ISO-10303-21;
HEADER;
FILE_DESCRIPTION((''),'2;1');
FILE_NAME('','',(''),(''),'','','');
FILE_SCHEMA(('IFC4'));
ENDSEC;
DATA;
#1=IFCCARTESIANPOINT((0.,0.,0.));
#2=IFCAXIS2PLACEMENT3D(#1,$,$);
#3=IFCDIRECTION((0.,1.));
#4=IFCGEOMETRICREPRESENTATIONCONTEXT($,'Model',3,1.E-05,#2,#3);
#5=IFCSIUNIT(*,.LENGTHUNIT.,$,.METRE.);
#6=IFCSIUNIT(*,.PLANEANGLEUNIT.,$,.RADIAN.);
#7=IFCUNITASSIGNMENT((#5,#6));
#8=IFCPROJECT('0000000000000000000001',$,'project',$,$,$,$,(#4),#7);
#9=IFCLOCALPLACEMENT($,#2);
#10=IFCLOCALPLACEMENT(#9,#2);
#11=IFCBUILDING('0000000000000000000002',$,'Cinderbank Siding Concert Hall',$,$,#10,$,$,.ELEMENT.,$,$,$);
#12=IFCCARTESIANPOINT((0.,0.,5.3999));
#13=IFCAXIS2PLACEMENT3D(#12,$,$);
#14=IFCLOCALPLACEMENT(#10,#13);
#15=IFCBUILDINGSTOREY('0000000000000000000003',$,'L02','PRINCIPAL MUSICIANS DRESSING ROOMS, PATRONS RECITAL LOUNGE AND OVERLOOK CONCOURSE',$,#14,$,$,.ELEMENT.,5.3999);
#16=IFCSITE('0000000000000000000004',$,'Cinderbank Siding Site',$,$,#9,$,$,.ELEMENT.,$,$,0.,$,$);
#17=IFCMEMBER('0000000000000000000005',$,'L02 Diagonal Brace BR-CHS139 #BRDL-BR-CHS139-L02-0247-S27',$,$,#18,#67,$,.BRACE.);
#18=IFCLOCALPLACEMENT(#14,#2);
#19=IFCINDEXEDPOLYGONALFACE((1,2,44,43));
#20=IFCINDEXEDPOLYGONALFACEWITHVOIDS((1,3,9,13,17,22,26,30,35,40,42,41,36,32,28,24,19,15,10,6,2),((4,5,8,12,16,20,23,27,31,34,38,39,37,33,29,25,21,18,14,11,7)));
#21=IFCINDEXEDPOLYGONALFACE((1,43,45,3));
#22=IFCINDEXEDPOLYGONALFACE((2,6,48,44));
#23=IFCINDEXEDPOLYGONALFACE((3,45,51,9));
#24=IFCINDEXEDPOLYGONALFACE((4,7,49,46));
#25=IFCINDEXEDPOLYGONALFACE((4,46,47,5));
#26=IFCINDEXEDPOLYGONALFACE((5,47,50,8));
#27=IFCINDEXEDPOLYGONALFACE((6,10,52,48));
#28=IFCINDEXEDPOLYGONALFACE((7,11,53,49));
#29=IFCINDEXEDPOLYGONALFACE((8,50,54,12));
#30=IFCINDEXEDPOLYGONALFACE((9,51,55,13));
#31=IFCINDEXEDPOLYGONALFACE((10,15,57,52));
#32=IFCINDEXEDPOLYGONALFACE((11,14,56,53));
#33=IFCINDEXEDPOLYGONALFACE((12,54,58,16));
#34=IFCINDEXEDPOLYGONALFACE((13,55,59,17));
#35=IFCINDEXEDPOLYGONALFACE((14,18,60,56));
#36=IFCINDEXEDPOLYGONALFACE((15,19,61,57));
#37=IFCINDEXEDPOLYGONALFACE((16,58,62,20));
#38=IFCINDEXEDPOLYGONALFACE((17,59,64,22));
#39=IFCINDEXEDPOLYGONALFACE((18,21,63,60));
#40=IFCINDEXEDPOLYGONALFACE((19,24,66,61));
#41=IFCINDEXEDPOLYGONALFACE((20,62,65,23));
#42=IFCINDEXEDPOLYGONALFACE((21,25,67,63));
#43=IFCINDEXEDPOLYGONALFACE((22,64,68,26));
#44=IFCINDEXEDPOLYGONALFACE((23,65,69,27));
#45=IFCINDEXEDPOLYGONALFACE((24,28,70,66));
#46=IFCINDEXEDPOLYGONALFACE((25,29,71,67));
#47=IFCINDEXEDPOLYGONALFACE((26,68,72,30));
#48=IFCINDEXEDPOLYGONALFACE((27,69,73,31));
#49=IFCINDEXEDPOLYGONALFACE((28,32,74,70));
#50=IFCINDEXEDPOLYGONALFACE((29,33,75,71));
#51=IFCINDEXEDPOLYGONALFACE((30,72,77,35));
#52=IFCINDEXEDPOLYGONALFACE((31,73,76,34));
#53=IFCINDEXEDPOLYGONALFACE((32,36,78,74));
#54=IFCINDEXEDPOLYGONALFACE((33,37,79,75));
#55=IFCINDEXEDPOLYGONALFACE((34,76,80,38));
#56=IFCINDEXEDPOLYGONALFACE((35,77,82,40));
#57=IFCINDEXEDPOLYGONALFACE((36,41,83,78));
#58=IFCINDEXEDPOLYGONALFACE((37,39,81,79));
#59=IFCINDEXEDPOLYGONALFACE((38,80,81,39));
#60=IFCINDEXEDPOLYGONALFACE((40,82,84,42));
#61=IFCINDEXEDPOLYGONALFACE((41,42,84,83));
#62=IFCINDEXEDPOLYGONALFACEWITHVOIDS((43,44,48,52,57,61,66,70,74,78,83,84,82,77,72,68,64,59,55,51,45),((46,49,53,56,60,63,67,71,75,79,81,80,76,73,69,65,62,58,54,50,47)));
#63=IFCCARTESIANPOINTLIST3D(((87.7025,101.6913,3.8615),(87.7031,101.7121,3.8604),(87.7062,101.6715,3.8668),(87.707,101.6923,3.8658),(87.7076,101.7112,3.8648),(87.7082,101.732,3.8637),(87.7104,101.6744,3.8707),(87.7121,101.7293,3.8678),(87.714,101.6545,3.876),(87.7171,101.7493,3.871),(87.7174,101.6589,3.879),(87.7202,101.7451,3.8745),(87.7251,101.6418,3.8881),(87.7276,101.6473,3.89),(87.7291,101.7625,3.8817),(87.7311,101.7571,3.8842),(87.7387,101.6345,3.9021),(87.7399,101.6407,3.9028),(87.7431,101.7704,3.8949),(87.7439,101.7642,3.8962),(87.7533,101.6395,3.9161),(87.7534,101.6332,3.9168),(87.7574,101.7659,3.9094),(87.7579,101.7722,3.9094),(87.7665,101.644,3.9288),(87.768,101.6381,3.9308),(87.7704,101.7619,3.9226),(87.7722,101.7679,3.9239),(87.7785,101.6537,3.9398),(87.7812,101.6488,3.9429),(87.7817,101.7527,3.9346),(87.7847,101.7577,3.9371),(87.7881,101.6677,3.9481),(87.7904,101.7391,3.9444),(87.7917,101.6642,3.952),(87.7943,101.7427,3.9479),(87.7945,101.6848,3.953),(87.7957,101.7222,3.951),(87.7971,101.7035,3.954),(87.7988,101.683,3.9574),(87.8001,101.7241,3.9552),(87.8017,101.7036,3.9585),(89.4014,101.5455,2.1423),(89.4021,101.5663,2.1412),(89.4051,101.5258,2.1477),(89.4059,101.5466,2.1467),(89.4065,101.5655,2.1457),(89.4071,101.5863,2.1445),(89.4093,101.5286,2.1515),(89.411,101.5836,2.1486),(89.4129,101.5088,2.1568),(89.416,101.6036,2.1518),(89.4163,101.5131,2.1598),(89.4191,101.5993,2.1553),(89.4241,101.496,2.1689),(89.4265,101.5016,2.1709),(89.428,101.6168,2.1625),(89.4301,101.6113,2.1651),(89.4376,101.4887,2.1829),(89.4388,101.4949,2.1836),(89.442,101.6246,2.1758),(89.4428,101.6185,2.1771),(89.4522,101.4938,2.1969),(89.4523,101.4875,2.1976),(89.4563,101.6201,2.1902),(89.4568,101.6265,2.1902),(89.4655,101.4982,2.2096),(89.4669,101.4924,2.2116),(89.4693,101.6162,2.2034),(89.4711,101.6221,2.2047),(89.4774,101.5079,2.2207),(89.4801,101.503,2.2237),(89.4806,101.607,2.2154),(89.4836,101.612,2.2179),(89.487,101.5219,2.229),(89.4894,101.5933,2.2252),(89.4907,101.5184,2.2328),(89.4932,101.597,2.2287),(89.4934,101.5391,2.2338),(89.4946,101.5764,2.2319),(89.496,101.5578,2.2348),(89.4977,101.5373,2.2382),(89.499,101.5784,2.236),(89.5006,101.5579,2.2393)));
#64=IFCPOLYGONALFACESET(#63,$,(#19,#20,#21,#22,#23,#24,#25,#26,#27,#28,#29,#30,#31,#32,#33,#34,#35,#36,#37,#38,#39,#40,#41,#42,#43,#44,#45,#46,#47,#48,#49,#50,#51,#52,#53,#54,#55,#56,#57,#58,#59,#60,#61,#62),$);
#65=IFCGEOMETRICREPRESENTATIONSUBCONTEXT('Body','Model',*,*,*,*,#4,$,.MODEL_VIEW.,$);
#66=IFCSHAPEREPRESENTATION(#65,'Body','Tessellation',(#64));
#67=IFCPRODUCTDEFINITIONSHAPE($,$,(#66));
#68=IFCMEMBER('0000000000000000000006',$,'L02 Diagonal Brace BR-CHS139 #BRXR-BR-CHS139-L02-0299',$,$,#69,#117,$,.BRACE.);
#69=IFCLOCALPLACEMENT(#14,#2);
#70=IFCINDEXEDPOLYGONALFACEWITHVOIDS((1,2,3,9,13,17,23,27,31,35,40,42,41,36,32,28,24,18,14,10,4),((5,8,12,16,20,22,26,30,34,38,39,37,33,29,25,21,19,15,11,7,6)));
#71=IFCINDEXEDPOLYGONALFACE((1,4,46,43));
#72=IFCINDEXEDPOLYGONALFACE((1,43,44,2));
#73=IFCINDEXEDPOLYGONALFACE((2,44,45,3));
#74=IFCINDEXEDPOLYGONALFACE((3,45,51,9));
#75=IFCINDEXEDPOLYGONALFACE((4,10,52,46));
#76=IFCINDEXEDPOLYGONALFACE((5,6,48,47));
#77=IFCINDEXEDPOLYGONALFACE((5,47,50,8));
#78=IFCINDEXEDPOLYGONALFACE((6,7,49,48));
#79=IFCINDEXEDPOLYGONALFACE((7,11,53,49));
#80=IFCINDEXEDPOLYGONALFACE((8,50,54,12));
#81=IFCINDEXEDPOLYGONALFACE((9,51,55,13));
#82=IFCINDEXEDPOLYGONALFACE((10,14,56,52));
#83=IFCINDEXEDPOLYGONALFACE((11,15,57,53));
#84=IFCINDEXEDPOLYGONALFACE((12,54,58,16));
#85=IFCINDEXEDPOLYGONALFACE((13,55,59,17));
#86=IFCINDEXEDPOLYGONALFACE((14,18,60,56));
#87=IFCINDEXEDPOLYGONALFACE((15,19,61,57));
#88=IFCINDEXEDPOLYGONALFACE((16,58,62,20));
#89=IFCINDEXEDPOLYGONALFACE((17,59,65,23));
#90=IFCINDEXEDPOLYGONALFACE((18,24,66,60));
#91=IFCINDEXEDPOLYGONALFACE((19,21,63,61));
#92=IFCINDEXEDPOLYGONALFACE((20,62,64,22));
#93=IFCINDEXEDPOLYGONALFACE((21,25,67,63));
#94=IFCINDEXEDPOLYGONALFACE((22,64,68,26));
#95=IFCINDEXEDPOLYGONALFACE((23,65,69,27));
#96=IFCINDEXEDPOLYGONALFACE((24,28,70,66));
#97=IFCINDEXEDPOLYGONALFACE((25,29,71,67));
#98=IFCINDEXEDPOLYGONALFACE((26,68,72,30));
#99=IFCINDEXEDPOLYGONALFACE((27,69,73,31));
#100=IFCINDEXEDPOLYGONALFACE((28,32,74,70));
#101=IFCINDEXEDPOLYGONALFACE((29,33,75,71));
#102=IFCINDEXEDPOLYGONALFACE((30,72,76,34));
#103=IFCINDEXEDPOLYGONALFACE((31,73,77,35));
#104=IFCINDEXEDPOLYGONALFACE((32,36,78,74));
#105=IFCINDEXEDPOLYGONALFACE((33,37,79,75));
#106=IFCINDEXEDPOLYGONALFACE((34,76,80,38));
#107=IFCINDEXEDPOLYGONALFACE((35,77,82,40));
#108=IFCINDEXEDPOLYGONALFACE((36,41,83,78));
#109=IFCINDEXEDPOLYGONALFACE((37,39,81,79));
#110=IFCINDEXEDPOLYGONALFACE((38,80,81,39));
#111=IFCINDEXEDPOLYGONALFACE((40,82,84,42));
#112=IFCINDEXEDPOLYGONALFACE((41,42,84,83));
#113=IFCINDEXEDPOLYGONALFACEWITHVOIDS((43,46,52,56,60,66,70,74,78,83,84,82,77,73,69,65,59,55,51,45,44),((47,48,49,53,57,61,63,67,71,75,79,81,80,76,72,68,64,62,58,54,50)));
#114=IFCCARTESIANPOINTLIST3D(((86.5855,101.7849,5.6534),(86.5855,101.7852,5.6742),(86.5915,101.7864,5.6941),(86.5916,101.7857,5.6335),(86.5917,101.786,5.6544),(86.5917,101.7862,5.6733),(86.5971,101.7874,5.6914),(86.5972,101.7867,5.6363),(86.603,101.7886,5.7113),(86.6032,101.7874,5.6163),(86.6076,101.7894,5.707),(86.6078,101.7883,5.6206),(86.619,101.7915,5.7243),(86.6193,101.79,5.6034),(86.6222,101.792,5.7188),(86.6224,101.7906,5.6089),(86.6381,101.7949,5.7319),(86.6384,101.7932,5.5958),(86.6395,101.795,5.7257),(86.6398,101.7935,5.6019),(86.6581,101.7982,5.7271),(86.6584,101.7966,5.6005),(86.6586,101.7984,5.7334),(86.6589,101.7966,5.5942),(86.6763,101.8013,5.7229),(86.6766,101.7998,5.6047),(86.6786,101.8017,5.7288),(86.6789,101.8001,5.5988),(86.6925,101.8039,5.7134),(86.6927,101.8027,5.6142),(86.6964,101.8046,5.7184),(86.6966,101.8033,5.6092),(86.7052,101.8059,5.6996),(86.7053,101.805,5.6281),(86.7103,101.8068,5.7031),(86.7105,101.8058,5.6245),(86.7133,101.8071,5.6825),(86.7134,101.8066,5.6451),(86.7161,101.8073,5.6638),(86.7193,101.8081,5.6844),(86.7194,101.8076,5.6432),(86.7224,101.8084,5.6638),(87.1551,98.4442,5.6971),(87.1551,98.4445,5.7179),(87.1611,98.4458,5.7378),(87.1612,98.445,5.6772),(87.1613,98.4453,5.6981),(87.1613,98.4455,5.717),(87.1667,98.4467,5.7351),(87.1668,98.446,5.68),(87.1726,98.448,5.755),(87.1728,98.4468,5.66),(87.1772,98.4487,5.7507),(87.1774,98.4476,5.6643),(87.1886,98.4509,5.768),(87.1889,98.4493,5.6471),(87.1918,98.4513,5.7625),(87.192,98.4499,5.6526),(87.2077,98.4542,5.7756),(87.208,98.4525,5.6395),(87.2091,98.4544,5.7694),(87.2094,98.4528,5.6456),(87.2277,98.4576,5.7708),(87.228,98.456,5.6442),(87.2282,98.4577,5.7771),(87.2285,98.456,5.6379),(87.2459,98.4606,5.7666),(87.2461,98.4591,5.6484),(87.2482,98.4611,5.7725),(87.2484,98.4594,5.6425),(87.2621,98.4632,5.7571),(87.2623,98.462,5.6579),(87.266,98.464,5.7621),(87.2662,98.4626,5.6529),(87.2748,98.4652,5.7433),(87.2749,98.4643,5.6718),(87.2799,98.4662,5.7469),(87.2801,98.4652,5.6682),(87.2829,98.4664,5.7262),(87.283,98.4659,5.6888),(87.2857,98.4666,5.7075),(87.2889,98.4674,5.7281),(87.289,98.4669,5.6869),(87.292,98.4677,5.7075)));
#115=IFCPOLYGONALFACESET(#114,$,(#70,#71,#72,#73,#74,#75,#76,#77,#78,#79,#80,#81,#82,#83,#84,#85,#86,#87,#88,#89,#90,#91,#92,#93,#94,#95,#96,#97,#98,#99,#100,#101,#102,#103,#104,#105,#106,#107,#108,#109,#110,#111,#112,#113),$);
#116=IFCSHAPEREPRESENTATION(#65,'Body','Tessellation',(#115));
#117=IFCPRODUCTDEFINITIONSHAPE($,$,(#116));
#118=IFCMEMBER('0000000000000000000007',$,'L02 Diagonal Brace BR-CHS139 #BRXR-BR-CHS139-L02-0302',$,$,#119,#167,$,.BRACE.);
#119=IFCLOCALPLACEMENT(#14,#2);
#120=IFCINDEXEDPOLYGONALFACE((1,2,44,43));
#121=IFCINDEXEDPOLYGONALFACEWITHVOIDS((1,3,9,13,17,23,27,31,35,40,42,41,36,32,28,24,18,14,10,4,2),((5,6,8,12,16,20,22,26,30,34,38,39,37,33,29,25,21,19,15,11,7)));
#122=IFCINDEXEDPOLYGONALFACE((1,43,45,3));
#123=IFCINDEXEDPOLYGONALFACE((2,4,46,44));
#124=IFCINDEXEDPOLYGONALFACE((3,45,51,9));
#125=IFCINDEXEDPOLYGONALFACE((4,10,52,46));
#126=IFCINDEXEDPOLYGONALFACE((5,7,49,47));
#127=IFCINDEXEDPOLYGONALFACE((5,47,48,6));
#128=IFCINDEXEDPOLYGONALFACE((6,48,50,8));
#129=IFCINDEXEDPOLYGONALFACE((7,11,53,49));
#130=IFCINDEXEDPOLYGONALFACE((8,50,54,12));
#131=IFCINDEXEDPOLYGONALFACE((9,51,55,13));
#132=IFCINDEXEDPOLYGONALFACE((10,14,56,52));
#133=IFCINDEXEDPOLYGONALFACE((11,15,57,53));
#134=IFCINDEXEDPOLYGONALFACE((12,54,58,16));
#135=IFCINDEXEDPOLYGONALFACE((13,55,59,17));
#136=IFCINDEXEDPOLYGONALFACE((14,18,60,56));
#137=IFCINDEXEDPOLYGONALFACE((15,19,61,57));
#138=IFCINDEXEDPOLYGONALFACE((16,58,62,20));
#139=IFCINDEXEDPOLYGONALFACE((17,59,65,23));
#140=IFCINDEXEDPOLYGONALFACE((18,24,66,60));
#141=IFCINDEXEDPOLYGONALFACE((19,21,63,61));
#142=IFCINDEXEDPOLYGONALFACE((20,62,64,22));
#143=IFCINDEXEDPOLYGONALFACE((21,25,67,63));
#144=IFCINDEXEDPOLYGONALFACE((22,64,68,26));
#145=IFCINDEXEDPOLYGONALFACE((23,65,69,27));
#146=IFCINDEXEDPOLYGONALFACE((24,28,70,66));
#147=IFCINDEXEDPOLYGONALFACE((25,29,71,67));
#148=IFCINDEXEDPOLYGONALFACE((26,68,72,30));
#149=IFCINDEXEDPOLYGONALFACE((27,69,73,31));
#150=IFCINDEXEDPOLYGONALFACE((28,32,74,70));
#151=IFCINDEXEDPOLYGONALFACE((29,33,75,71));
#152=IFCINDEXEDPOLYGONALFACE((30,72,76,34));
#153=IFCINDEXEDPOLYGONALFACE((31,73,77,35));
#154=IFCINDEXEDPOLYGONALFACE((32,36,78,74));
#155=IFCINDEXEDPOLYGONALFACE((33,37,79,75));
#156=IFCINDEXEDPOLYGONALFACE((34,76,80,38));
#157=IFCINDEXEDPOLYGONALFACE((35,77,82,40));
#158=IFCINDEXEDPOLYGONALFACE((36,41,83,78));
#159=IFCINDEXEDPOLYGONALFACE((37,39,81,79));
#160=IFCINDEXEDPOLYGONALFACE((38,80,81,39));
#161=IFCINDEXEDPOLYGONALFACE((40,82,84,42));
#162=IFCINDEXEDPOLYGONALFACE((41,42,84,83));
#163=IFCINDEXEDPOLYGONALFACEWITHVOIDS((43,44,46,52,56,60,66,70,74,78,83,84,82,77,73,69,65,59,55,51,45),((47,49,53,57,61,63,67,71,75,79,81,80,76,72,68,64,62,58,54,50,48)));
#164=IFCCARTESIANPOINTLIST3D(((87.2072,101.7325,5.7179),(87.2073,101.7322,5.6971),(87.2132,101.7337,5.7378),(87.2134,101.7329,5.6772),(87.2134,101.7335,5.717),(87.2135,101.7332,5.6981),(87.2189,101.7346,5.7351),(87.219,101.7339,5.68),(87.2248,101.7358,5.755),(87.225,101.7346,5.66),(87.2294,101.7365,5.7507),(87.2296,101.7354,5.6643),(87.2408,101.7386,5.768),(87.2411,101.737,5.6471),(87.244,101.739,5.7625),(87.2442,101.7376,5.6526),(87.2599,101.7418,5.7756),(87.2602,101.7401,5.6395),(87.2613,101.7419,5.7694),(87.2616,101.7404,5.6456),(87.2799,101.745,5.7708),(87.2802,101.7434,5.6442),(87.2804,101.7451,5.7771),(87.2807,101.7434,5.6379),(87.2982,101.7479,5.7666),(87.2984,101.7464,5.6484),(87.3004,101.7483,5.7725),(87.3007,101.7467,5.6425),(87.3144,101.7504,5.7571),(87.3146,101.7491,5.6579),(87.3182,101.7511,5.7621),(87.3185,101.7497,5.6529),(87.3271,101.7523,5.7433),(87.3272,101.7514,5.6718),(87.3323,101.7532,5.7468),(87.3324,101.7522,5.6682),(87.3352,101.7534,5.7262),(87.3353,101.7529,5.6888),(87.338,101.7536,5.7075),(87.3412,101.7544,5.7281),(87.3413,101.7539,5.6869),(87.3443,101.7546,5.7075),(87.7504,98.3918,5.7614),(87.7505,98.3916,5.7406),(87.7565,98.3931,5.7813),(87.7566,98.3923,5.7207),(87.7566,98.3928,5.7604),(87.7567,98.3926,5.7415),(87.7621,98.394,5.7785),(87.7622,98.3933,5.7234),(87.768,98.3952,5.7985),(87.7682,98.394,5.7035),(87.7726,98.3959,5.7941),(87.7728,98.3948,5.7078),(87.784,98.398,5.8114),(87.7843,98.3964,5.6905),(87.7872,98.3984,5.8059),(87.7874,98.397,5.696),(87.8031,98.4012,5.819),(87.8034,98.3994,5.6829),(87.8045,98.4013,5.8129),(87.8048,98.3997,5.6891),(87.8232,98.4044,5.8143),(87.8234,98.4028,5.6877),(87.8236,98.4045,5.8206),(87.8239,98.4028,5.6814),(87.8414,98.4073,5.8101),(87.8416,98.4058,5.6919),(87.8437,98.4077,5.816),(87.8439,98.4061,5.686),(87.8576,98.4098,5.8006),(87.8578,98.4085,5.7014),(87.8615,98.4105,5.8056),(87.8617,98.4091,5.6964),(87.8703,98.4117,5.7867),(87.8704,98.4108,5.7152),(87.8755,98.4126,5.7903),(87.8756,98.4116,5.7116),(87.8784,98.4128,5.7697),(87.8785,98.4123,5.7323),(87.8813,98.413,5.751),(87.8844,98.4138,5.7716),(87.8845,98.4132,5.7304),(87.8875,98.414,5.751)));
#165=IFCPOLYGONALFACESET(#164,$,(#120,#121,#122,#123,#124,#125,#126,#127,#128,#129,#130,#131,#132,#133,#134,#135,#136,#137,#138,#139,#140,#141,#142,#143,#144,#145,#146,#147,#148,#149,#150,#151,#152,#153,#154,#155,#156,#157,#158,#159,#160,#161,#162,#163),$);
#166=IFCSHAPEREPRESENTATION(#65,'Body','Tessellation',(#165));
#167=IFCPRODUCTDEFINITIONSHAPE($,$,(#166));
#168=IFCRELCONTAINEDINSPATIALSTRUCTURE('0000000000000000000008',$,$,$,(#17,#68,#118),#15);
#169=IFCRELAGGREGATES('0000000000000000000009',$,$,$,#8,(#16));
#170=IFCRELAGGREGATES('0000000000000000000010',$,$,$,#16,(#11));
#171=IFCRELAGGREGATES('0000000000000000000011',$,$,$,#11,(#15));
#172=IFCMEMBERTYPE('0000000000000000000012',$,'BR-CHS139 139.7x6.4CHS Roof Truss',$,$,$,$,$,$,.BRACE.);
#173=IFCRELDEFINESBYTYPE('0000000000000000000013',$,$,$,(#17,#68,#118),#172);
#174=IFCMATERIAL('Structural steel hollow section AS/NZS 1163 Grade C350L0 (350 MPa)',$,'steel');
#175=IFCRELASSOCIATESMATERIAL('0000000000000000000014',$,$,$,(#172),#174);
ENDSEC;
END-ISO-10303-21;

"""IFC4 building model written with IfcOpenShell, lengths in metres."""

from ifc_helpers import new_model, si_unit, direction, frame, origin, origin_2d, place, context, subcontext, project, spatial, hollow_circle, extrude, material, material_profile, profile_set, type_object, element, save


model = new_model("IFC4")

# Units and contexts
model_context = context("Model", 3, precision=1e-05, world=origin(), true_north=direction((0.0, 1.0)))
body_context = subcontext(model_context, "Body", "Model", "MODEL_VIEW")
ifc_project = project(units=[si_unit("LENGTHUNIT", "METRE"), si_unit("PLANEANGLEUNIT", "RADIAN")], contexts=[model_context])

# Site, building, storey
site_placement = place(None, origin())
site = spatial("IfcSite", under=ifc_project, at=site_placement, Name="Cinderbank Siding Site", CompositionType="ELEMENT", RefElevation=0.0)
building_placement = place(site_placement, origin())
building = spatial("IfcBuilding", under=site, at=building_placement, Name="Cinderbank Siding Concert Hall", CompositionType="ELEMENT")
storey_placement = place(building_placement, frame((0.0, 0.0, 5.3999)))
storey = spatial("IfcBuildingStorey", under=building, at=storey_placement, Name="L02", Description="PRINCIPAL MUSICIANS DRESSING ROOMS, PATRONS RECITAL LOUNGE AND OVERLOOK CONCOURSE", CompositionType="ELEMENT", Elevation=5.3999)

# Members
ifc_material_1 = material(Name="Structural steel hollow section AS/NZS 1163 Grade C350L0 (350 MPa)", Category="steel")
ifc_material_profile_1 = material_profile(ifc_material_1, hollow_circle(Radius=0.0698, WallThickness=0.0063, at=origin_2d()), Name="139.7x6.4CHS", Category="LoadBearing")
ifc_profile_set_1 = profile_set([ifc_material_profile_1], Name="Structural steel hollow section AS/NZS 1163 Grade C350L0 (350 MPa)")
member_type_1 = type_object("IfcMemberType", Name="BR-CHS139 139.7x6.4CHS Roof Truss", PredefinedType="BRACE", material=ifc_profile_set_1)
member_1_placement = place(storey_placement, frame((87.752, 101.7026, 3.9094), z_axis=(0.701628, -0.060191, -0.709996), x_axis=(0.085474, 0.99634, 0.0)))
element("IfcMember", 1, at=member_1_placement, inside=storey, type_object=member_type_1, Name="L02 Diagonal Brace BR-CHS139 #BRDL-BR-CHS139-L02-0247-S27", PredefinedType="BRACE", context=body_context, shape_type="SweptSolid", body=[
    extrude(hollow_circle(Radius=0.0698, WallThickness=0.0063, at=origin_2d()), origin(), (0.0, 0.0, 1.0), 2.4214),
])
member_2_placement = place(storey_placement, frame((86.6536, 101.7966, 5.6638), z_axis=(0.168064, -0.985692, 0.012895), x_axis=(0.985774, 0.168078, 0.0)))
element("IfcMember", 2, at=member_2_placement, inside=storey, type_object=member_type_1, Name="L02 Diagonal Brace BR-CHS139 #BRXR-BR-CHS139-L02-0299", PredefinedType="BRACE", context=body_context, shape_type="SweptSolid", body=[
    extrude(hollow_circle(Radius=0.0698, WallThickness=0.0063, at=origin_2d()), origin(), (0.0, 0.0, 1.0), 3.3892),
])
member_3_placement = place(storey_placement, frame((87.2754, 101.7434, 5.7075), z_axis=(0.160489, -0.986954, 0.012839), x_axis=(0.987035, 0.160502, 0.0)))
element("IfcMember", 3, at=member_3_placement, inside=storey, type_object=member_type_1, Name="L02 Diagonal Brace BR-CHS139 #BRXR-BR-CHS139-L02-0302", PredefinedType="BRACE", context=body_context, shape_type="SweptSolid", body=[
    extrude(hollow_circle(Radius=0.0698, WallThickness=0.0063, at=origin_2d()), origin(), (0.0, 0.0, 1.0), 3.3848),
])

save(model, "model.ifc")
